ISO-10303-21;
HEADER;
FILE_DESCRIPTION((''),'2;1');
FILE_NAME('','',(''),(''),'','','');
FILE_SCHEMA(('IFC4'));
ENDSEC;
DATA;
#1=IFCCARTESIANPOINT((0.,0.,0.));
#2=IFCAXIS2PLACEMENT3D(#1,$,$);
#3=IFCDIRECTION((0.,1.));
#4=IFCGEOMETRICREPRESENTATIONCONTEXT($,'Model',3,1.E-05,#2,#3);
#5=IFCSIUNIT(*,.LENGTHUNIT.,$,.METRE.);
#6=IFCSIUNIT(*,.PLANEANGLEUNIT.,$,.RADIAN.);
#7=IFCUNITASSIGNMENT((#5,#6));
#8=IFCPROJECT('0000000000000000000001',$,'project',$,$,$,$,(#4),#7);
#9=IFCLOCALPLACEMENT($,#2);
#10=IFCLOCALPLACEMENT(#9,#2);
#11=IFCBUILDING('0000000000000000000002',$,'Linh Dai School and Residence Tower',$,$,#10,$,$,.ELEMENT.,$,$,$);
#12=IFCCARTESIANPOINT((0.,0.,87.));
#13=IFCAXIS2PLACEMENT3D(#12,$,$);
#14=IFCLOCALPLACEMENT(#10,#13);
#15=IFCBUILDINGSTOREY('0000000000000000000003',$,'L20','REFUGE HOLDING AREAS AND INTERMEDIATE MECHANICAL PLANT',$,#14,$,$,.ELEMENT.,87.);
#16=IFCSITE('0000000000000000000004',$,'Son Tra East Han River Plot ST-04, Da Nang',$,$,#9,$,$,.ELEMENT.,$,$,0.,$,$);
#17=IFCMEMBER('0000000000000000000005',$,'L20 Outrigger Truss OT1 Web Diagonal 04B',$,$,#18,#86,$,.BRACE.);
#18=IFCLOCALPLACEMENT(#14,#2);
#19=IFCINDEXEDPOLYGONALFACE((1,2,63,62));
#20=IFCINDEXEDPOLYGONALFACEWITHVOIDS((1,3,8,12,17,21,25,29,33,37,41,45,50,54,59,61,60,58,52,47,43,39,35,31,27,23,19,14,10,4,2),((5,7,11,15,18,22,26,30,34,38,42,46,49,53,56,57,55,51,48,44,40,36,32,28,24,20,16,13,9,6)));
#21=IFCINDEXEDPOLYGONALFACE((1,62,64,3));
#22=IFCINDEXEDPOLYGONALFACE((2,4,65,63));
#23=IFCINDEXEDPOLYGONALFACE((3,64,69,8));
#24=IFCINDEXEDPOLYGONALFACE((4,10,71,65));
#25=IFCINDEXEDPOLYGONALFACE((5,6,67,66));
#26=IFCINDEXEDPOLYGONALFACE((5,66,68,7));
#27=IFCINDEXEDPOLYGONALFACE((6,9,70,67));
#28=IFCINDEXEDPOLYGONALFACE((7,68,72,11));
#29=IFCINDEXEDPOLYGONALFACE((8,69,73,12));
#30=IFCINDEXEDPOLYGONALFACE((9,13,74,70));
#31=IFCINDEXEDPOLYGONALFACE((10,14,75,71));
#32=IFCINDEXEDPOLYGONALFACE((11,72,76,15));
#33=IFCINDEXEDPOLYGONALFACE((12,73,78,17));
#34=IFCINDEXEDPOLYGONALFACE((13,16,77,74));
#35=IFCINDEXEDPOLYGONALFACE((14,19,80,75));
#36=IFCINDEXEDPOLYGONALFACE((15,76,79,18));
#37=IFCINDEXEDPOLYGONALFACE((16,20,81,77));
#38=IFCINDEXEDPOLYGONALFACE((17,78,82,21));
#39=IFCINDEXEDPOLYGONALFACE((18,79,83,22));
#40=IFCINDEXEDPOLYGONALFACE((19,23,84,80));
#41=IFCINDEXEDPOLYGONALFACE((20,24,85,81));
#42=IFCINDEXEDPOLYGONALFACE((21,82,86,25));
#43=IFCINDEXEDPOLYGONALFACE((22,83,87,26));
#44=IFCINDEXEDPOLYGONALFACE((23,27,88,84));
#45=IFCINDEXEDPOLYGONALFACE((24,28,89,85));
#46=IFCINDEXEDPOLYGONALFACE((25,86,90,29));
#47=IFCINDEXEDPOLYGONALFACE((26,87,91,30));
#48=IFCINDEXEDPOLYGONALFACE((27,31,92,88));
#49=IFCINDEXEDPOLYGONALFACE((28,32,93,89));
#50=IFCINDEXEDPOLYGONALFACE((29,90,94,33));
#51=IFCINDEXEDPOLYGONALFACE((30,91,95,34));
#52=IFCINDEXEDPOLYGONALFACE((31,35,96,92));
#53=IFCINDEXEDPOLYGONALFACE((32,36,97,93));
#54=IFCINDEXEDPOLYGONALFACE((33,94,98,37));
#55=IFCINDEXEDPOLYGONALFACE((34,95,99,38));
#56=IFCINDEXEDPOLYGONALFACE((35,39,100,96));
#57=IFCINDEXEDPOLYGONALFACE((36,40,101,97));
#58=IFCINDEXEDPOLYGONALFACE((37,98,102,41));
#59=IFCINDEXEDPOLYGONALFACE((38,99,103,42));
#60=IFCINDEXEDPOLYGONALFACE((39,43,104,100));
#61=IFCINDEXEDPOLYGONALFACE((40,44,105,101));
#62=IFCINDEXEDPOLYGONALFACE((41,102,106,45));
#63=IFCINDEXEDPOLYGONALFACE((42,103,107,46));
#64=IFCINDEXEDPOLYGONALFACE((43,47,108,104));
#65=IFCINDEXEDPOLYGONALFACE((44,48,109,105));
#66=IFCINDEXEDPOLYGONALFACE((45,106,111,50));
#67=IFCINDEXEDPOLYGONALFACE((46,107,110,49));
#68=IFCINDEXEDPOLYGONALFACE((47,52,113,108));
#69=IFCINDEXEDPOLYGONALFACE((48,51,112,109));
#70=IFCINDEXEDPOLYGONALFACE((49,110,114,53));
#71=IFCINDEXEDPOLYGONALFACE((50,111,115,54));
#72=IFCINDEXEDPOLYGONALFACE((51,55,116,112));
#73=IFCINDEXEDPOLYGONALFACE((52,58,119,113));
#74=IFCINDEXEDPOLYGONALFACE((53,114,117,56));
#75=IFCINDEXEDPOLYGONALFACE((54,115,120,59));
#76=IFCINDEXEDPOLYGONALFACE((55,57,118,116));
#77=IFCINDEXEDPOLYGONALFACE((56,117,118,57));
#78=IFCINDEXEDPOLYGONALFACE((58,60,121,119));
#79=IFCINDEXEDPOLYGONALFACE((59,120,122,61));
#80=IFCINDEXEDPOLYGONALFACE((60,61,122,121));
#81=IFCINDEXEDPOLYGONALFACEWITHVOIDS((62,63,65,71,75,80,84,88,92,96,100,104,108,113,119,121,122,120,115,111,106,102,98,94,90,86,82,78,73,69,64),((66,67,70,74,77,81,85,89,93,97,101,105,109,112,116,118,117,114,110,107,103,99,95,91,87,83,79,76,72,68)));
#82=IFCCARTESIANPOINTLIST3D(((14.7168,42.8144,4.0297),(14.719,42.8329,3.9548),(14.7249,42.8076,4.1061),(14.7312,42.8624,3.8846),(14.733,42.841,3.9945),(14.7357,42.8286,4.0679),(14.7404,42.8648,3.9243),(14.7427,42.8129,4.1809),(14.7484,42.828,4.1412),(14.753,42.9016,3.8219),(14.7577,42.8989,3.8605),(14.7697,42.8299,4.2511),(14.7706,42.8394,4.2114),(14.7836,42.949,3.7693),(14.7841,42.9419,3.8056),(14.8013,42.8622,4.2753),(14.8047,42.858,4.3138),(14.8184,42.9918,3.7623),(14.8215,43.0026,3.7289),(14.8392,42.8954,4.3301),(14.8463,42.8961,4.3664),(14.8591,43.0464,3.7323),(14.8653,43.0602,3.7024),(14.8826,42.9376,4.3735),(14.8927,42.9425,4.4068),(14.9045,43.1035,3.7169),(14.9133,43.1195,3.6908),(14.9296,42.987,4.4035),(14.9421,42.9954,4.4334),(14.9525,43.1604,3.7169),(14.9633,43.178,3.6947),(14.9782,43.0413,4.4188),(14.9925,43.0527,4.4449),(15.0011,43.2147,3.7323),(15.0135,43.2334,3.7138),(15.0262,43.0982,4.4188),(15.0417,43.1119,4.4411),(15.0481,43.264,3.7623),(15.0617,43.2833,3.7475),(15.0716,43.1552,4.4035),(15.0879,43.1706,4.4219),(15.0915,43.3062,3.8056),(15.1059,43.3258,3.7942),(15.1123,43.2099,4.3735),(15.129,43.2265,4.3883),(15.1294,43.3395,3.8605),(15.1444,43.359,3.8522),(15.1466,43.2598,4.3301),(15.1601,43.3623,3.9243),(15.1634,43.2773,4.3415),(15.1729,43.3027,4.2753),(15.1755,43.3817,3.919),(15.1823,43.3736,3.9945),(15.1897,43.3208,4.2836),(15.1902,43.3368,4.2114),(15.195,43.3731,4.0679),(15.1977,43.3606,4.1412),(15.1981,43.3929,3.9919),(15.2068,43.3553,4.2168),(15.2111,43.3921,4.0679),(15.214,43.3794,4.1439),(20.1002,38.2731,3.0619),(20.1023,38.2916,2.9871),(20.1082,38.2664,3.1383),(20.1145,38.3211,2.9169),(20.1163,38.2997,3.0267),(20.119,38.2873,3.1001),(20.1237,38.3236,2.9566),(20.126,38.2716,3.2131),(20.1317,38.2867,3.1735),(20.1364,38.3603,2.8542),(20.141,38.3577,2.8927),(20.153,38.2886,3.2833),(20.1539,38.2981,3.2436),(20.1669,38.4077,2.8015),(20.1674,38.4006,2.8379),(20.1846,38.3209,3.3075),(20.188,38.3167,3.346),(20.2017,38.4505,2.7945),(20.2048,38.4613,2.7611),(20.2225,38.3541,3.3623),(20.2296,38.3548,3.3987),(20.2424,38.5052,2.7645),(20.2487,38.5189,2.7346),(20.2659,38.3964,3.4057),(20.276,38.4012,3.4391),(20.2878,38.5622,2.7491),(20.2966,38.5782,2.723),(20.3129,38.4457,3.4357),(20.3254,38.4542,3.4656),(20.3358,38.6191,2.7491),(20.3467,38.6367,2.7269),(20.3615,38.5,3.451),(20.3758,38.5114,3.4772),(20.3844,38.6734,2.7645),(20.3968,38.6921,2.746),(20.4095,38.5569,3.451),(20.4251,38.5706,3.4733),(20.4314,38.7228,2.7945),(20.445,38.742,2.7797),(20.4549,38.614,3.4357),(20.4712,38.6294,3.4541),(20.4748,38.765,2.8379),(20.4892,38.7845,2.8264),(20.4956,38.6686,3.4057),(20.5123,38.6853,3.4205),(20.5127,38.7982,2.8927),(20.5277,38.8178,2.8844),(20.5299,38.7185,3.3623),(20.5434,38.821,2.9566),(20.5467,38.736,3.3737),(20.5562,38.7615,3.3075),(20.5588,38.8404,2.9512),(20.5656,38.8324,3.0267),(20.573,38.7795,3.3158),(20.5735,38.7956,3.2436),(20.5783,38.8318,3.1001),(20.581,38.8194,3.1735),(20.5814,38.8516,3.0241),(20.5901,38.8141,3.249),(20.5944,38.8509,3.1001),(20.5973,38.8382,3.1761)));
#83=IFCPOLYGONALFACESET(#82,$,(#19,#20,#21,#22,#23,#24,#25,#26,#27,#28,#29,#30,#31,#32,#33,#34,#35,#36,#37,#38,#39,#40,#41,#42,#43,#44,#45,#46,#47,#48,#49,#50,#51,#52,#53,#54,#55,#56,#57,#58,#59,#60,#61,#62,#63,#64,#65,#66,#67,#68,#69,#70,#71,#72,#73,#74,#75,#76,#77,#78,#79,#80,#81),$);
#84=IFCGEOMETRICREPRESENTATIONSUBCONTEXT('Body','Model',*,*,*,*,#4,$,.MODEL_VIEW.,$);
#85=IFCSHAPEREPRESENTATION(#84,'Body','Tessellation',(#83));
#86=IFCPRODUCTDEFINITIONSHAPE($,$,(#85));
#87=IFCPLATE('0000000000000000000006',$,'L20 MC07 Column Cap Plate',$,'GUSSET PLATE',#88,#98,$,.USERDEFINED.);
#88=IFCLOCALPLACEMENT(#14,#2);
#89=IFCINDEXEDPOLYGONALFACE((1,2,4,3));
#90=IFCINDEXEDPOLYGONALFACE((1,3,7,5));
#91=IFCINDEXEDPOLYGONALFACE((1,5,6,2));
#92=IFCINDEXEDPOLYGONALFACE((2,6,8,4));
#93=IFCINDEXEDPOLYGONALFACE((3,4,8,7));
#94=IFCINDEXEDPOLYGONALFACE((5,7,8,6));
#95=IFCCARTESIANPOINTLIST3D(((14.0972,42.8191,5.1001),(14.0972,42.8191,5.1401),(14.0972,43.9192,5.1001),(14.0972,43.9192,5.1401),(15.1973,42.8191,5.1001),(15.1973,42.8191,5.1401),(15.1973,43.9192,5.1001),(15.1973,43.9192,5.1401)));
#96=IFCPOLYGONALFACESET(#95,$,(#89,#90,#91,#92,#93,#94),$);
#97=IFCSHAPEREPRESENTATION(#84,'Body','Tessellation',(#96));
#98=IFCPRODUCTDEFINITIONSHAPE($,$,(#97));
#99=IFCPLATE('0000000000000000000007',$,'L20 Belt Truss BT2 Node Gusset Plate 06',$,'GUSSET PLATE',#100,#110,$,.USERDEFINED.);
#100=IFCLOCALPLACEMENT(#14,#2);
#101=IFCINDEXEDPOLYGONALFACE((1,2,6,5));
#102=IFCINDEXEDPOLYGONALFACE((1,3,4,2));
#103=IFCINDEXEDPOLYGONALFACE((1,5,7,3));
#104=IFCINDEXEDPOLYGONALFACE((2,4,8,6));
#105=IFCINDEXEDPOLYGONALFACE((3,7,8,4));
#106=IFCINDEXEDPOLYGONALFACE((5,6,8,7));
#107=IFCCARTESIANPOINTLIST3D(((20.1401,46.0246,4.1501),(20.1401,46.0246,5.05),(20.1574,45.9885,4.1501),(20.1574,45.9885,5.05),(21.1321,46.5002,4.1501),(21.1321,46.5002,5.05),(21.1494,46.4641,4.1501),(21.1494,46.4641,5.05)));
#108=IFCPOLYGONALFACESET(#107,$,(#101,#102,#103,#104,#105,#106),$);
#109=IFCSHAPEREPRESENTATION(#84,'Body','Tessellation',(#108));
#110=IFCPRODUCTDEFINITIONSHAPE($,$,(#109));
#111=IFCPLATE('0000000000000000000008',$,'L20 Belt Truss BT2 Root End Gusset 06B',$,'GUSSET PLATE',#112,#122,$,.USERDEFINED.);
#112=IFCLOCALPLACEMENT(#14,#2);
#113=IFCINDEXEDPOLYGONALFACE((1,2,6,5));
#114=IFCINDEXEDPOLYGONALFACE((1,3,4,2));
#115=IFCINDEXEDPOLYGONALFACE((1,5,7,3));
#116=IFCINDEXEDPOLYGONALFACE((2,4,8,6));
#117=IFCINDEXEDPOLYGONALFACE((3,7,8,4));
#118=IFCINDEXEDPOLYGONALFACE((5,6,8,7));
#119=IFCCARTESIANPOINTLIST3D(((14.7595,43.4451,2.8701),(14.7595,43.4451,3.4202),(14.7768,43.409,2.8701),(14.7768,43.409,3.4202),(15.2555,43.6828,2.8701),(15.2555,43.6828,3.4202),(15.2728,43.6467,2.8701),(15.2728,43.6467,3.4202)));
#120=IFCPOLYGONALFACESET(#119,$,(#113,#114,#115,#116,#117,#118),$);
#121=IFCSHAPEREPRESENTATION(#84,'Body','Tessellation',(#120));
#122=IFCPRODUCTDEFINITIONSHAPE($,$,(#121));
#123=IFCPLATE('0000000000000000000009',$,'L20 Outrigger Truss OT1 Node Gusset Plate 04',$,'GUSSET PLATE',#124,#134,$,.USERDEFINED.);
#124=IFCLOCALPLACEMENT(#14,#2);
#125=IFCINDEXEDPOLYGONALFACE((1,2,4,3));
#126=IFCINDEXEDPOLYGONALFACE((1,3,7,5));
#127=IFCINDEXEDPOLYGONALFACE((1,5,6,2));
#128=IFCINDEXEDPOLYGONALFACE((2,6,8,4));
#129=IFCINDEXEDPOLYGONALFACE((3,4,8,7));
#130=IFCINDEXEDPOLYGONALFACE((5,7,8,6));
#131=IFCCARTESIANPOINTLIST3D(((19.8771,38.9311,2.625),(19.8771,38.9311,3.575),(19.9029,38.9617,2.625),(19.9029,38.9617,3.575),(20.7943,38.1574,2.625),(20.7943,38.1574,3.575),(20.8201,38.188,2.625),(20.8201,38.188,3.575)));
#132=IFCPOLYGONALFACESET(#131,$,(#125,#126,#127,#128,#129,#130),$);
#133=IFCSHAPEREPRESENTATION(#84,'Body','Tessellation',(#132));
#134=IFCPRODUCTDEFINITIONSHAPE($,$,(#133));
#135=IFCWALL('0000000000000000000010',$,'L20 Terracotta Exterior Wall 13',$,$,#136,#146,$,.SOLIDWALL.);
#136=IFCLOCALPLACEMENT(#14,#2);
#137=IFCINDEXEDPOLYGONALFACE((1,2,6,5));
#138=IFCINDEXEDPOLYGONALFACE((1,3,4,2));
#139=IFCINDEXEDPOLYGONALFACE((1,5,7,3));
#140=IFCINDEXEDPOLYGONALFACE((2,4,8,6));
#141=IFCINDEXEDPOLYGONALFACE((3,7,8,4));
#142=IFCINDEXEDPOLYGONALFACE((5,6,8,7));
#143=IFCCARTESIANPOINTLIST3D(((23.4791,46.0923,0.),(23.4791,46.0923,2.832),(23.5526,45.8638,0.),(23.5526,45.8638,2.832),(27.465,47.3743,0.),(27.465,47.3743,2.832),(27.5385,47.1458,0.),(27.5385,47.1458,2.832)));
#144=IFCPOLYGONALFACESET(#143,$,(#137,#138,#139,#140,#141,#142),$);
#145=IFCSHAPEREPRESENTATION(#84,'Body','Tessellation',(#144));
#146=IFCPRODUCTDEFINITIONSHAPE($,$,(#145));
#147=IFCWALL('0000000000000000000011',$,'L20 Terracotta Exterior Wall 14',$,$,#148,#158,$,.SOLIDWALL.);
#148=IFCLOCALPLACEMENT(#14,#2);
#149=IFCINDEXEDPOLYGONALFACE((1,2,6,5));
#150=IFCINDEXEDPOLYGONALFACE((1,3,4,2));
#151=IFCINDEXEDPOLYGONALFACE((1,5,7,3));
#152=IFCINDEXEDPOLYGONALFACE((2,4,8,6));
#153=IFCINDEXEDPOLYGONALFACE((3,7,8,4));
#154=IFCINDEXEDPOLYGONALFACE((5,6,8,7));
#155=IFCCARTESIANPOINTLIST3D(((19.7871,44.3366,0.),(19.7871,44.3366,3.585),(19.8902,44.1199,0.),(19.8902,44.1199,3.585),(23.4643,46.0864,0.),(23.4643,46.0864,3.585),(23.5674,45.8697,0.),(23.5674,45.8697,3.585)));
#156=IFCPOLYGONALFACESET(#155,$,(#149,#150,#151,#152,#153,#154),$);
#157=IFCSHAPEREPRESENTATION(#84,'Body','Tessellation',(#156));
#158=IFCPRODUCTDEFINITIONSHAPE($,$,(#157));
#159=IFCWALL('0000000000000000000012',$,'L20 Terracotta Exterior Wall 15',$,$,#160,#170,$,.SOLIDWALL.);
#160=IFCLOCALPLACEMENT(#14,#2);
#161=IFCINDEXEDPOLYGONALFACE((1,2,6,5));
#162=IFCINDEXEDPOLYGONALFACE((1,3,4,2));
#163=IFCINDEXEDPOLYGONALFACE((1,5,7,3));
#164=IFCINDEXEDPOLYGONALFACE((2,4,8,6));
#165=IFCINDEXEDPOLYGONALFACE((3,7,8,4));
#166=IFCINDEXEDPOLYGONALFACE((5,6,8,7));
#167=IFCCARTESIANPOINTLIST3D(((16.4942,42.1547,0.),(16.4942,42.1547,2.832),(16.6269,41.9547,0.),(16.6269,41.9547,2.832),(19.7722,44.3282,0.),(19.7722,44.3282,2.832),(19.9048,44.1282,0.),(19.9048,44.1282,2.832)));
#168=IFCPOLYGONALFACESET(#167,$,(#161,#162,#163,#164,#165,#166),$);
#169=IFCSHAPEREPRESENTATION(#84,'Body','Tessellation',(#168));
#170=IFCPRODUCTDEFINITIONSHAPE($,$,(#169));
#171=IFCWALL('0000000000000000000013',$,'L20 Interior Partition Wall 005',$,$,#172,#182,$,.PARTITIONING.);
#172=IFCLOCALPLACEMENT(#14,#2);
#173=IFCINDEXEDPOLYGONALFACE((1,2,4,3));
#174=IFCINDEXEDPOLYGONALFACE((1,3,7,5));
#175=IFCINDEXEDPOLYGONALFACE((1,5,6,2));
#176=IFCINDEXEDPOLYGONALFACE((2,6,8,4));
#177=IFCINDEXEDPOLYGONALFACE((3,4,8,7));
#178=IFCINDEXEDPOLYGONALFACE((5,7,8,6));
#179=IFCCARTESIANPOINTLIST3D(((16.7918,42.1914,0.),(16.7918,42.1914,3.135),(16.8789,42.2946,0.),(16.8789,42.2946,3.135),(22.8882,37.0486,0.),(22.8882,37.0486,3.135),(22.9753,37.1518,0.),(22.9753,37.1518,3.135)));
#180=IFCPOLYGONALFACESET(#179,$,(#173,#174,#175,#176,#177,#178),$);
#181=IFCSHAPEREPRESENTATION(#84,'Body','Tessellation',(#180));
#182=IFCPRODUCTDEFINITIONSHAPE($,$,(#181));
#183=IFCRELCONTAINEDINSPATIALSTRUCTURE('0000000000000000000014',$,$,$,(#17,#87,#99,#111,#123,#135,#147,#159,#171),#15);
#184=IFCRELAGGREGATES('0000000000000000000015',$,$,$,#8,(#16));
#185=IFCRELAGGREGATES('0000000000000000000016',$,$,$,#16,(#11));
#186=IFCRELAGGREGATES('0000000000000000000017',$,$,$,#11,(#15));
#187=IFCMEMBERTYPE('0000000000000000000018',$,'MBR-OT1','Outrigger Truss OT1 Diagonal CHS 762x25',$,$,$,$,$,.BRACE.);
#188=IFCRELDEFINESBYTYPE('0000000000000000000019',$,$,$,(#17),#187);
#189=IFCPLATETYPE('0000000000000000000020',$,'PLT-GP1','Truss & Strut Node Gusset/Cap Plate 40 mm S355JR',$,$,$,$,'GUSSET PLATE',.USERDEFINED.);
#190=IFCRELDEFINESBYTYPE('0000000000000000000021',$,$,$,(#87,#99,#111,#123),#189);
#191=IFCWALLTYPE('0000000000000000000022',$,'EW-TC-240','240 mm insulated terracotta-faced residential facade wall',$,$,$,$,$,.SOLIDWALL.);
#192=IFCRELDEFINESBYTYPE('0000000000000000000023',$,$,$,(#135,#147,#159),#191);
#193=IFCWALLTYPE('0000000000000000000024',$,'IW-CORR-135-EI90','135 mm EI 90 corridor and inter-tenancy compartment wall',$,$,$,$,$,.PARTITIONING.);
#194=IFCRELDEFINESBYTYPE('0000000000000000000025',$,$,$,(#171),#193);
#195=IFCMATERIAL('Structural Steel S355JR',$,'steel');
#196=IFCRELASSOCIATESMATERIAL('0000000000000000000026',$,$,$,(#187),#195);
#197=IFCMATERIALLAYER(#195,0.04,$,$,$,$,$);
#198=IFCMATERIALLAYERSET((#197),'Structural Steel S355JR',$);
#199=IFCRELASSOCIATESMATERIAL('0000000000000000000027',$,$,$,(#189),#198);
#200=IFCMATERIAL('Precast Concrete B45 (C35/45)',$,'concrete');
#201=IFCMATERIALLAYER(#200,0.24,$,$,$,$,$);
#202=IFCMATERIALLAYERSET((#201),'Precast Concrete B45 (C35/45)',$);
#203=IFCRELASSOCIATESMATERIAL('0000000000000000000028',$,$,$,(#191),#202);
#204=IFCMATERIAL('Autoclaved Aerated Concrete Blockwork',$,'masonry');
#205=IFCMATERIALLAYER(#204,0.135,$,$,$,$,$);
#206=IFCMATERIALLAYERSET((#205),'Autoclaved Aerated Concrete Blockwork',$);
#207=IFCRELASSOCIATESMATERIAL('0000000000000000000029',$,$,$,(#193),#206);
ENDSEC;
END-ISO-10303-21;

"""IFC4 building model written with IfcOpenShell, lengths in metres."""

from ifc_helpers import new_model, si_unit, direction, frame, frame_2d, origin, origin_2d, place, context, subcontext, project, spatial, rectangle, hollow_circle, extrude, source, transform, mapped, material, layer, layer_set, material_profile, profile_set, type_object, element, save


model = new_model("IFC4")

# Units and contexts
model_context = context("Model", 3, precision=1e-05, world=origin(), true_north=direction((0.0, 1.0)))
body_context = subcontext(model_context, "Body", "Model", "MODEL_VIEW")
ifc_project = project(units=[si_unit("LENGTHUNIT", "METRE"), si_unit("PLANEANGLEUNIT", "RADIAN")], contexts=[model_context])

# Site, building, storey
site_placement = place(None, origin())
site = spatial("IfcSite", under=ifc_project, at=site_placement, Name="Son Tra East Han River Plot ST-04, Da Nang", CompositionType="ELEMENT", RefElevation=0.0)
building_placement = place(site_placement, origin())
building = spatial("IfcBuilding", under=site, at=building_placement, Name="Linh Dai School and Residence Tower", CompositionType="ELEMENT")
storey_placement = place(building_placement, frame((0.0, 0.0, 87.0)))
storey = spatial("IfcBuildingStorey", under=building, at=storey_placement, Name="L20", Description="REFUGE HOLDING AREAS AND INTERMEDIATE MECHANICAL PLANT", CompositionType="ELEMENT", Elevation=87.0)

# Shared definitions
ifc_material_1 = material(Name="Structural Steel S355JR", Category="steel")

# Member
ifc_material_profile_1 = material_profile(ifc_material_1, hollow_circle(Radius=0.3811, WallThickness=0.0249, at=origin_2d()), Name="CHS 762x25")
ifc_profile_set_1 = profile_set([ifc_material_profile_1], Name="Structural Steel S355JR")
member_type_1 = type_object("IfcMemberType", Name="MBR-OT1", Description="Outrigger Truss OT1 Diagonal CHS 762x25", PredefinedType="BRACE", material=ifc_profile_set_1)
for number, where, z_axis, x_axis, name in (
    (1, (14.9653, 43.1008, 4.0679), (0.757239, -0.638794, -0.136131), (0.644796, 0.764354, 0.0), "L20 Outrigger Truss OT1 Web Diagonal 04B"),
):
    element("IfcMember", number, at=place(storey_placement, frame(where, z_axis=z_axis, x_axis=x_axis)), inside=storey, type_object=member_type_1, Name=name, PredefinedType="BRACE", context=body_context, shape_type="SweptSolid", body=[
        extrude(hollow_circle(Radius=0.3811, WallThickness=0.0249, at=origin_2d()), origin(), (0.0, 0.0, 1.0), 7.1091),
    ])

# Plates
ifc_layer_1 = layer(ifc_material_1, 0.04)
ifc_layer_set_1 = layer_set([ifc_layer_1], Name="Structural Steel S355JR")
plate_type = type_object("IfcPlateType", Name="PLT-GP1", Description="Truss & Strut Node Gusset/Cap Plate 40 mm S355JR", ElementType="GUSSET PLATE", PredefinedType="USERDEFINED", material=ifc_layer_set_1)
shared_shape_1 = source(origin(), body_context, "Body", "SweptSolid", [
    extrude(rectangle(XDim=1.1001, YDim=1.1001, at=origin_2d()), origin(), (0.0, 0.0, 1.0), 0.04),
])
plate_1_placement = place(storey_placement, frame((14.6472, 43.3691, 5.1001), z_axis=(0.0, 0.0, 1.0), x_axis=(1.0, 0.0, 0.0)))
element("IfcPlate", 2, at=plate_1_placement, inside=storey, type_object=plate_type, Name="L20 MC07 Column Cap Plate", ObjectType="GUSSET PLATE", PredefinedType="USERDEFINED", context=body_context, shape_type="MappedRepresentation", body=[
    mapped(shared_shape_1, transform((0.0, 0.0, 0.0), x_axis=(1.0, 0.0, 0.0), y_axis=(0.0, 1.0, 0.0), z_axis=(0.0, 0.0, 1.0), scale=1.0)),
])
shared_shape_2 = source(origin(), body_context, "Body", "SweptSolid", [
    extrude(rectangle(XDim=1.1001, YDim=0.04, at=origin_2d()), origin(), (0.0, 0.0, 1.0), 0.8999),
])
plate_2_placement = place(storey_placement, frame((20.6448, 46.2444, 4.1501), z_axis=(0.0, 0.0, 1.0), x_axis=(-0.901726, -0.432307, 0.0)))
element("IfcPlate", 3, at=plate_2_placement, inside=storey, type_object=plate_type, Name="L20 Belt Truss BT2 Node Gusset Plate 06", ObjectType="GUSSET PLATE", PredefinedType="USERDEFINED", context=body_context, shape_type="MappedRepresentation", body=[
    mapped(shared_shape_2, transform((0.0, 0.0, 0.0), x_axis=(1.0, 0.0, 0.0), y_axis=(0.0, 1.0, 0.0), z_axis=(0.0, 0.0, 1.0), scale=1.0)),
])
shared_shape_3 = source(origin(), body_context, "Body", "SweptSolid", [
    extrude(rectangle(XDim=0.55, YDim=0.04, at=origin_2d()), origin(), (0.0, 0.0, 1.0), 0.55),
])
plate_3_placement = place(storey_placement, frame((15.0161, 43.5459, 2.8701), z_axis=(0.0, 0.0, 1.0), x_axis=(-0.901726, -0.432307, 0.0)))
element("IfcPlate", 4, at=plate_3_placement, inside=storey, type_object=plate_type, Name="L20 Belt Truss BT2 Root End Gusset 06B", ObjectType="GUSSET PLATE", PredefinedType="USERDEFINED", context=body_context, shape_type="MappedRepresentation", body=[
    mapped(shared_shape_3, transform((0.0, 0.0, 0.0), x_axis=(1.0, 0.0, 0.0), y_axis=(0.0, 1.0, 0.0), z_axis=(0.0, 0.0, 1.0), scale=1.0)),
])
shared_shape_4 = source(origin(), body_context, "Body", "SweptSolid", [
    extrude(rectangle(XDim=1.2, YDim=0.04, at=origin_2d()), origin(), (0.0, 0.0, 1.0), 0.95),
])
plate_4_placement = place(storey_placement, frame((20.3486, 38.5596, 2.625), z_axis=(0.0, 0.0, 1.0), x_axis=(-0.764354, 0.644796, 0.0)))
element("IfcPlate", 5, at=plate_4_placement, inside=storey, type_object=plate_type, Name="L20 Outrigger Truss OT1 Node Gusset Plate 04", ObjectType="GUSSET PLATE", PredefinedType="USERDEFINED", context=body_context, shape_type="MappedRepresentation", body=[
    mapped(shared_shape_4, transform((0.0, 0.0, 0.0), x_axis=(1.0, 0.0, 0.0), y_axis=(0.0, 1.0, 0.0), z_axis=(0.0, 0.0, 1.0), scale=1.0)),
])

# Walls
ifc_material_2 = material(Name="Precast Concrete B45 (C35/45)", Category="concrete")
ifc_layer_2 = layer(ifc_material_2, 0.24)
ifc_layer_set_2 = layer_set([ifc_layer_2], Name="Precast Concrete B45 (C35/45)")
wall_type_1 = type_object("IfcWallType", Name="EW-TC-240", Description="240 mm insulated terracotta-faced residential facade wall", PredefinedType="SOLIDWALL", material=ifc_layer_set_2)
wall_1_placement = place(storey_placement, frame((23.5159, 45.978, 0.0), z_axis=(0.0, 0.0, 1.0), x_axis=(0.951972, 0.306187, 0.0)))
element("IfcWall", 6, at=wall_1_placement, inside=storey, type_object=wall_type_1, Name="L20 Terracotta Exterior Wall 13", PredefinedType="SOLIDWALL", context=body_context, shape_type="SweptSolid", body=[
    extrude(rectangle(XDim=4.187, YDim=0.24, at=frame_2d((2.0935, 0.0))), origin(), (0.0, 0.0, 1.0), 2.832),
])
wall_2_placement = place(storey_placement, frame((19.8386, 44.2283, 0.0), z_axis=(0.0, 0.0, 1.0), x_axis=(0.902986, 0.429671, 0.0)))
element("IfcWall", 7, at=wall_2_placement, inside=storey, type_object=wall_type_1, Name="L20 Terracotta Exterior Wall 14", PredefinedType="SOLIDWALL", context=body_context, shape_type="SweptSolid", body=[
    extrude(rectangle(XDim=4.0723, YDim=0.24, at=frame_2d((2.0361, 0.0))), origin(), (0.0, 0.0, 1.0), 3.585),
])
wall_3_placement = place(storey_placement, frame((16.5605, 42.0547, 0.0), z_axis=(0.0, 0.0, 1.0), x_axis=(0.833432, 0.552621, 0.0)))
element("IfcWall", 8, at=wall_3_placement, inside=storey, type_object=wall_type_1, Name="L20 Terracotta Exterior Wall 15", PredefinedType="SOLIDWALL", context=body_context, shape_type="SweptSolid", body=[
    extrude(rectangle(XDim=3.9331, YDim=0.24, at=frame_2d((1.9666, 0.0))), origin(), (0.0, 0.0, 1.0), 2.832),
])
ifc_material_3 = material(Name="Autoclaved Aerated Concrete Blockwork", Category="masonry")
ifc_layer_3 = layer(ifc_material_3, 0.135)
ifc_layer_set_3 = layer_set([ifc_layer_3], Name="Autoclaved Aerated Concrete Blockwork")
wall_type_2 = type_object("IfcWallType", Name="IW-CORR-135-EI90", Description="135 mm EI 90 corridor and inter-tenancy compartment wall", PredefinedType="PARTITIONING", material=ifc_layer_set_3)
wall_4_placement = place(storey_placement, frame((16.8354, 42.2429, 0.0), z_axis=(0.0, 0.0, 1.0), x_axis=(0.764356, -0.644794, 0.0)))
element("IfcWall", 9, at=wall_4_placement, inside=storey, type_object=wall_type_2, Name="L20 Interior Partition Wall 005", PredefinedType="PARTITIONING", context=body_context, shape_type="SweptSolid", body=[
    extrude(rectangle(XDim=7.9758, YDim=0.135, at=frame_2d((3.9878, 0.0))), origin(), (0.0, 0.0, 1.0), 3.135),
])

save(model, "model.ifc")
